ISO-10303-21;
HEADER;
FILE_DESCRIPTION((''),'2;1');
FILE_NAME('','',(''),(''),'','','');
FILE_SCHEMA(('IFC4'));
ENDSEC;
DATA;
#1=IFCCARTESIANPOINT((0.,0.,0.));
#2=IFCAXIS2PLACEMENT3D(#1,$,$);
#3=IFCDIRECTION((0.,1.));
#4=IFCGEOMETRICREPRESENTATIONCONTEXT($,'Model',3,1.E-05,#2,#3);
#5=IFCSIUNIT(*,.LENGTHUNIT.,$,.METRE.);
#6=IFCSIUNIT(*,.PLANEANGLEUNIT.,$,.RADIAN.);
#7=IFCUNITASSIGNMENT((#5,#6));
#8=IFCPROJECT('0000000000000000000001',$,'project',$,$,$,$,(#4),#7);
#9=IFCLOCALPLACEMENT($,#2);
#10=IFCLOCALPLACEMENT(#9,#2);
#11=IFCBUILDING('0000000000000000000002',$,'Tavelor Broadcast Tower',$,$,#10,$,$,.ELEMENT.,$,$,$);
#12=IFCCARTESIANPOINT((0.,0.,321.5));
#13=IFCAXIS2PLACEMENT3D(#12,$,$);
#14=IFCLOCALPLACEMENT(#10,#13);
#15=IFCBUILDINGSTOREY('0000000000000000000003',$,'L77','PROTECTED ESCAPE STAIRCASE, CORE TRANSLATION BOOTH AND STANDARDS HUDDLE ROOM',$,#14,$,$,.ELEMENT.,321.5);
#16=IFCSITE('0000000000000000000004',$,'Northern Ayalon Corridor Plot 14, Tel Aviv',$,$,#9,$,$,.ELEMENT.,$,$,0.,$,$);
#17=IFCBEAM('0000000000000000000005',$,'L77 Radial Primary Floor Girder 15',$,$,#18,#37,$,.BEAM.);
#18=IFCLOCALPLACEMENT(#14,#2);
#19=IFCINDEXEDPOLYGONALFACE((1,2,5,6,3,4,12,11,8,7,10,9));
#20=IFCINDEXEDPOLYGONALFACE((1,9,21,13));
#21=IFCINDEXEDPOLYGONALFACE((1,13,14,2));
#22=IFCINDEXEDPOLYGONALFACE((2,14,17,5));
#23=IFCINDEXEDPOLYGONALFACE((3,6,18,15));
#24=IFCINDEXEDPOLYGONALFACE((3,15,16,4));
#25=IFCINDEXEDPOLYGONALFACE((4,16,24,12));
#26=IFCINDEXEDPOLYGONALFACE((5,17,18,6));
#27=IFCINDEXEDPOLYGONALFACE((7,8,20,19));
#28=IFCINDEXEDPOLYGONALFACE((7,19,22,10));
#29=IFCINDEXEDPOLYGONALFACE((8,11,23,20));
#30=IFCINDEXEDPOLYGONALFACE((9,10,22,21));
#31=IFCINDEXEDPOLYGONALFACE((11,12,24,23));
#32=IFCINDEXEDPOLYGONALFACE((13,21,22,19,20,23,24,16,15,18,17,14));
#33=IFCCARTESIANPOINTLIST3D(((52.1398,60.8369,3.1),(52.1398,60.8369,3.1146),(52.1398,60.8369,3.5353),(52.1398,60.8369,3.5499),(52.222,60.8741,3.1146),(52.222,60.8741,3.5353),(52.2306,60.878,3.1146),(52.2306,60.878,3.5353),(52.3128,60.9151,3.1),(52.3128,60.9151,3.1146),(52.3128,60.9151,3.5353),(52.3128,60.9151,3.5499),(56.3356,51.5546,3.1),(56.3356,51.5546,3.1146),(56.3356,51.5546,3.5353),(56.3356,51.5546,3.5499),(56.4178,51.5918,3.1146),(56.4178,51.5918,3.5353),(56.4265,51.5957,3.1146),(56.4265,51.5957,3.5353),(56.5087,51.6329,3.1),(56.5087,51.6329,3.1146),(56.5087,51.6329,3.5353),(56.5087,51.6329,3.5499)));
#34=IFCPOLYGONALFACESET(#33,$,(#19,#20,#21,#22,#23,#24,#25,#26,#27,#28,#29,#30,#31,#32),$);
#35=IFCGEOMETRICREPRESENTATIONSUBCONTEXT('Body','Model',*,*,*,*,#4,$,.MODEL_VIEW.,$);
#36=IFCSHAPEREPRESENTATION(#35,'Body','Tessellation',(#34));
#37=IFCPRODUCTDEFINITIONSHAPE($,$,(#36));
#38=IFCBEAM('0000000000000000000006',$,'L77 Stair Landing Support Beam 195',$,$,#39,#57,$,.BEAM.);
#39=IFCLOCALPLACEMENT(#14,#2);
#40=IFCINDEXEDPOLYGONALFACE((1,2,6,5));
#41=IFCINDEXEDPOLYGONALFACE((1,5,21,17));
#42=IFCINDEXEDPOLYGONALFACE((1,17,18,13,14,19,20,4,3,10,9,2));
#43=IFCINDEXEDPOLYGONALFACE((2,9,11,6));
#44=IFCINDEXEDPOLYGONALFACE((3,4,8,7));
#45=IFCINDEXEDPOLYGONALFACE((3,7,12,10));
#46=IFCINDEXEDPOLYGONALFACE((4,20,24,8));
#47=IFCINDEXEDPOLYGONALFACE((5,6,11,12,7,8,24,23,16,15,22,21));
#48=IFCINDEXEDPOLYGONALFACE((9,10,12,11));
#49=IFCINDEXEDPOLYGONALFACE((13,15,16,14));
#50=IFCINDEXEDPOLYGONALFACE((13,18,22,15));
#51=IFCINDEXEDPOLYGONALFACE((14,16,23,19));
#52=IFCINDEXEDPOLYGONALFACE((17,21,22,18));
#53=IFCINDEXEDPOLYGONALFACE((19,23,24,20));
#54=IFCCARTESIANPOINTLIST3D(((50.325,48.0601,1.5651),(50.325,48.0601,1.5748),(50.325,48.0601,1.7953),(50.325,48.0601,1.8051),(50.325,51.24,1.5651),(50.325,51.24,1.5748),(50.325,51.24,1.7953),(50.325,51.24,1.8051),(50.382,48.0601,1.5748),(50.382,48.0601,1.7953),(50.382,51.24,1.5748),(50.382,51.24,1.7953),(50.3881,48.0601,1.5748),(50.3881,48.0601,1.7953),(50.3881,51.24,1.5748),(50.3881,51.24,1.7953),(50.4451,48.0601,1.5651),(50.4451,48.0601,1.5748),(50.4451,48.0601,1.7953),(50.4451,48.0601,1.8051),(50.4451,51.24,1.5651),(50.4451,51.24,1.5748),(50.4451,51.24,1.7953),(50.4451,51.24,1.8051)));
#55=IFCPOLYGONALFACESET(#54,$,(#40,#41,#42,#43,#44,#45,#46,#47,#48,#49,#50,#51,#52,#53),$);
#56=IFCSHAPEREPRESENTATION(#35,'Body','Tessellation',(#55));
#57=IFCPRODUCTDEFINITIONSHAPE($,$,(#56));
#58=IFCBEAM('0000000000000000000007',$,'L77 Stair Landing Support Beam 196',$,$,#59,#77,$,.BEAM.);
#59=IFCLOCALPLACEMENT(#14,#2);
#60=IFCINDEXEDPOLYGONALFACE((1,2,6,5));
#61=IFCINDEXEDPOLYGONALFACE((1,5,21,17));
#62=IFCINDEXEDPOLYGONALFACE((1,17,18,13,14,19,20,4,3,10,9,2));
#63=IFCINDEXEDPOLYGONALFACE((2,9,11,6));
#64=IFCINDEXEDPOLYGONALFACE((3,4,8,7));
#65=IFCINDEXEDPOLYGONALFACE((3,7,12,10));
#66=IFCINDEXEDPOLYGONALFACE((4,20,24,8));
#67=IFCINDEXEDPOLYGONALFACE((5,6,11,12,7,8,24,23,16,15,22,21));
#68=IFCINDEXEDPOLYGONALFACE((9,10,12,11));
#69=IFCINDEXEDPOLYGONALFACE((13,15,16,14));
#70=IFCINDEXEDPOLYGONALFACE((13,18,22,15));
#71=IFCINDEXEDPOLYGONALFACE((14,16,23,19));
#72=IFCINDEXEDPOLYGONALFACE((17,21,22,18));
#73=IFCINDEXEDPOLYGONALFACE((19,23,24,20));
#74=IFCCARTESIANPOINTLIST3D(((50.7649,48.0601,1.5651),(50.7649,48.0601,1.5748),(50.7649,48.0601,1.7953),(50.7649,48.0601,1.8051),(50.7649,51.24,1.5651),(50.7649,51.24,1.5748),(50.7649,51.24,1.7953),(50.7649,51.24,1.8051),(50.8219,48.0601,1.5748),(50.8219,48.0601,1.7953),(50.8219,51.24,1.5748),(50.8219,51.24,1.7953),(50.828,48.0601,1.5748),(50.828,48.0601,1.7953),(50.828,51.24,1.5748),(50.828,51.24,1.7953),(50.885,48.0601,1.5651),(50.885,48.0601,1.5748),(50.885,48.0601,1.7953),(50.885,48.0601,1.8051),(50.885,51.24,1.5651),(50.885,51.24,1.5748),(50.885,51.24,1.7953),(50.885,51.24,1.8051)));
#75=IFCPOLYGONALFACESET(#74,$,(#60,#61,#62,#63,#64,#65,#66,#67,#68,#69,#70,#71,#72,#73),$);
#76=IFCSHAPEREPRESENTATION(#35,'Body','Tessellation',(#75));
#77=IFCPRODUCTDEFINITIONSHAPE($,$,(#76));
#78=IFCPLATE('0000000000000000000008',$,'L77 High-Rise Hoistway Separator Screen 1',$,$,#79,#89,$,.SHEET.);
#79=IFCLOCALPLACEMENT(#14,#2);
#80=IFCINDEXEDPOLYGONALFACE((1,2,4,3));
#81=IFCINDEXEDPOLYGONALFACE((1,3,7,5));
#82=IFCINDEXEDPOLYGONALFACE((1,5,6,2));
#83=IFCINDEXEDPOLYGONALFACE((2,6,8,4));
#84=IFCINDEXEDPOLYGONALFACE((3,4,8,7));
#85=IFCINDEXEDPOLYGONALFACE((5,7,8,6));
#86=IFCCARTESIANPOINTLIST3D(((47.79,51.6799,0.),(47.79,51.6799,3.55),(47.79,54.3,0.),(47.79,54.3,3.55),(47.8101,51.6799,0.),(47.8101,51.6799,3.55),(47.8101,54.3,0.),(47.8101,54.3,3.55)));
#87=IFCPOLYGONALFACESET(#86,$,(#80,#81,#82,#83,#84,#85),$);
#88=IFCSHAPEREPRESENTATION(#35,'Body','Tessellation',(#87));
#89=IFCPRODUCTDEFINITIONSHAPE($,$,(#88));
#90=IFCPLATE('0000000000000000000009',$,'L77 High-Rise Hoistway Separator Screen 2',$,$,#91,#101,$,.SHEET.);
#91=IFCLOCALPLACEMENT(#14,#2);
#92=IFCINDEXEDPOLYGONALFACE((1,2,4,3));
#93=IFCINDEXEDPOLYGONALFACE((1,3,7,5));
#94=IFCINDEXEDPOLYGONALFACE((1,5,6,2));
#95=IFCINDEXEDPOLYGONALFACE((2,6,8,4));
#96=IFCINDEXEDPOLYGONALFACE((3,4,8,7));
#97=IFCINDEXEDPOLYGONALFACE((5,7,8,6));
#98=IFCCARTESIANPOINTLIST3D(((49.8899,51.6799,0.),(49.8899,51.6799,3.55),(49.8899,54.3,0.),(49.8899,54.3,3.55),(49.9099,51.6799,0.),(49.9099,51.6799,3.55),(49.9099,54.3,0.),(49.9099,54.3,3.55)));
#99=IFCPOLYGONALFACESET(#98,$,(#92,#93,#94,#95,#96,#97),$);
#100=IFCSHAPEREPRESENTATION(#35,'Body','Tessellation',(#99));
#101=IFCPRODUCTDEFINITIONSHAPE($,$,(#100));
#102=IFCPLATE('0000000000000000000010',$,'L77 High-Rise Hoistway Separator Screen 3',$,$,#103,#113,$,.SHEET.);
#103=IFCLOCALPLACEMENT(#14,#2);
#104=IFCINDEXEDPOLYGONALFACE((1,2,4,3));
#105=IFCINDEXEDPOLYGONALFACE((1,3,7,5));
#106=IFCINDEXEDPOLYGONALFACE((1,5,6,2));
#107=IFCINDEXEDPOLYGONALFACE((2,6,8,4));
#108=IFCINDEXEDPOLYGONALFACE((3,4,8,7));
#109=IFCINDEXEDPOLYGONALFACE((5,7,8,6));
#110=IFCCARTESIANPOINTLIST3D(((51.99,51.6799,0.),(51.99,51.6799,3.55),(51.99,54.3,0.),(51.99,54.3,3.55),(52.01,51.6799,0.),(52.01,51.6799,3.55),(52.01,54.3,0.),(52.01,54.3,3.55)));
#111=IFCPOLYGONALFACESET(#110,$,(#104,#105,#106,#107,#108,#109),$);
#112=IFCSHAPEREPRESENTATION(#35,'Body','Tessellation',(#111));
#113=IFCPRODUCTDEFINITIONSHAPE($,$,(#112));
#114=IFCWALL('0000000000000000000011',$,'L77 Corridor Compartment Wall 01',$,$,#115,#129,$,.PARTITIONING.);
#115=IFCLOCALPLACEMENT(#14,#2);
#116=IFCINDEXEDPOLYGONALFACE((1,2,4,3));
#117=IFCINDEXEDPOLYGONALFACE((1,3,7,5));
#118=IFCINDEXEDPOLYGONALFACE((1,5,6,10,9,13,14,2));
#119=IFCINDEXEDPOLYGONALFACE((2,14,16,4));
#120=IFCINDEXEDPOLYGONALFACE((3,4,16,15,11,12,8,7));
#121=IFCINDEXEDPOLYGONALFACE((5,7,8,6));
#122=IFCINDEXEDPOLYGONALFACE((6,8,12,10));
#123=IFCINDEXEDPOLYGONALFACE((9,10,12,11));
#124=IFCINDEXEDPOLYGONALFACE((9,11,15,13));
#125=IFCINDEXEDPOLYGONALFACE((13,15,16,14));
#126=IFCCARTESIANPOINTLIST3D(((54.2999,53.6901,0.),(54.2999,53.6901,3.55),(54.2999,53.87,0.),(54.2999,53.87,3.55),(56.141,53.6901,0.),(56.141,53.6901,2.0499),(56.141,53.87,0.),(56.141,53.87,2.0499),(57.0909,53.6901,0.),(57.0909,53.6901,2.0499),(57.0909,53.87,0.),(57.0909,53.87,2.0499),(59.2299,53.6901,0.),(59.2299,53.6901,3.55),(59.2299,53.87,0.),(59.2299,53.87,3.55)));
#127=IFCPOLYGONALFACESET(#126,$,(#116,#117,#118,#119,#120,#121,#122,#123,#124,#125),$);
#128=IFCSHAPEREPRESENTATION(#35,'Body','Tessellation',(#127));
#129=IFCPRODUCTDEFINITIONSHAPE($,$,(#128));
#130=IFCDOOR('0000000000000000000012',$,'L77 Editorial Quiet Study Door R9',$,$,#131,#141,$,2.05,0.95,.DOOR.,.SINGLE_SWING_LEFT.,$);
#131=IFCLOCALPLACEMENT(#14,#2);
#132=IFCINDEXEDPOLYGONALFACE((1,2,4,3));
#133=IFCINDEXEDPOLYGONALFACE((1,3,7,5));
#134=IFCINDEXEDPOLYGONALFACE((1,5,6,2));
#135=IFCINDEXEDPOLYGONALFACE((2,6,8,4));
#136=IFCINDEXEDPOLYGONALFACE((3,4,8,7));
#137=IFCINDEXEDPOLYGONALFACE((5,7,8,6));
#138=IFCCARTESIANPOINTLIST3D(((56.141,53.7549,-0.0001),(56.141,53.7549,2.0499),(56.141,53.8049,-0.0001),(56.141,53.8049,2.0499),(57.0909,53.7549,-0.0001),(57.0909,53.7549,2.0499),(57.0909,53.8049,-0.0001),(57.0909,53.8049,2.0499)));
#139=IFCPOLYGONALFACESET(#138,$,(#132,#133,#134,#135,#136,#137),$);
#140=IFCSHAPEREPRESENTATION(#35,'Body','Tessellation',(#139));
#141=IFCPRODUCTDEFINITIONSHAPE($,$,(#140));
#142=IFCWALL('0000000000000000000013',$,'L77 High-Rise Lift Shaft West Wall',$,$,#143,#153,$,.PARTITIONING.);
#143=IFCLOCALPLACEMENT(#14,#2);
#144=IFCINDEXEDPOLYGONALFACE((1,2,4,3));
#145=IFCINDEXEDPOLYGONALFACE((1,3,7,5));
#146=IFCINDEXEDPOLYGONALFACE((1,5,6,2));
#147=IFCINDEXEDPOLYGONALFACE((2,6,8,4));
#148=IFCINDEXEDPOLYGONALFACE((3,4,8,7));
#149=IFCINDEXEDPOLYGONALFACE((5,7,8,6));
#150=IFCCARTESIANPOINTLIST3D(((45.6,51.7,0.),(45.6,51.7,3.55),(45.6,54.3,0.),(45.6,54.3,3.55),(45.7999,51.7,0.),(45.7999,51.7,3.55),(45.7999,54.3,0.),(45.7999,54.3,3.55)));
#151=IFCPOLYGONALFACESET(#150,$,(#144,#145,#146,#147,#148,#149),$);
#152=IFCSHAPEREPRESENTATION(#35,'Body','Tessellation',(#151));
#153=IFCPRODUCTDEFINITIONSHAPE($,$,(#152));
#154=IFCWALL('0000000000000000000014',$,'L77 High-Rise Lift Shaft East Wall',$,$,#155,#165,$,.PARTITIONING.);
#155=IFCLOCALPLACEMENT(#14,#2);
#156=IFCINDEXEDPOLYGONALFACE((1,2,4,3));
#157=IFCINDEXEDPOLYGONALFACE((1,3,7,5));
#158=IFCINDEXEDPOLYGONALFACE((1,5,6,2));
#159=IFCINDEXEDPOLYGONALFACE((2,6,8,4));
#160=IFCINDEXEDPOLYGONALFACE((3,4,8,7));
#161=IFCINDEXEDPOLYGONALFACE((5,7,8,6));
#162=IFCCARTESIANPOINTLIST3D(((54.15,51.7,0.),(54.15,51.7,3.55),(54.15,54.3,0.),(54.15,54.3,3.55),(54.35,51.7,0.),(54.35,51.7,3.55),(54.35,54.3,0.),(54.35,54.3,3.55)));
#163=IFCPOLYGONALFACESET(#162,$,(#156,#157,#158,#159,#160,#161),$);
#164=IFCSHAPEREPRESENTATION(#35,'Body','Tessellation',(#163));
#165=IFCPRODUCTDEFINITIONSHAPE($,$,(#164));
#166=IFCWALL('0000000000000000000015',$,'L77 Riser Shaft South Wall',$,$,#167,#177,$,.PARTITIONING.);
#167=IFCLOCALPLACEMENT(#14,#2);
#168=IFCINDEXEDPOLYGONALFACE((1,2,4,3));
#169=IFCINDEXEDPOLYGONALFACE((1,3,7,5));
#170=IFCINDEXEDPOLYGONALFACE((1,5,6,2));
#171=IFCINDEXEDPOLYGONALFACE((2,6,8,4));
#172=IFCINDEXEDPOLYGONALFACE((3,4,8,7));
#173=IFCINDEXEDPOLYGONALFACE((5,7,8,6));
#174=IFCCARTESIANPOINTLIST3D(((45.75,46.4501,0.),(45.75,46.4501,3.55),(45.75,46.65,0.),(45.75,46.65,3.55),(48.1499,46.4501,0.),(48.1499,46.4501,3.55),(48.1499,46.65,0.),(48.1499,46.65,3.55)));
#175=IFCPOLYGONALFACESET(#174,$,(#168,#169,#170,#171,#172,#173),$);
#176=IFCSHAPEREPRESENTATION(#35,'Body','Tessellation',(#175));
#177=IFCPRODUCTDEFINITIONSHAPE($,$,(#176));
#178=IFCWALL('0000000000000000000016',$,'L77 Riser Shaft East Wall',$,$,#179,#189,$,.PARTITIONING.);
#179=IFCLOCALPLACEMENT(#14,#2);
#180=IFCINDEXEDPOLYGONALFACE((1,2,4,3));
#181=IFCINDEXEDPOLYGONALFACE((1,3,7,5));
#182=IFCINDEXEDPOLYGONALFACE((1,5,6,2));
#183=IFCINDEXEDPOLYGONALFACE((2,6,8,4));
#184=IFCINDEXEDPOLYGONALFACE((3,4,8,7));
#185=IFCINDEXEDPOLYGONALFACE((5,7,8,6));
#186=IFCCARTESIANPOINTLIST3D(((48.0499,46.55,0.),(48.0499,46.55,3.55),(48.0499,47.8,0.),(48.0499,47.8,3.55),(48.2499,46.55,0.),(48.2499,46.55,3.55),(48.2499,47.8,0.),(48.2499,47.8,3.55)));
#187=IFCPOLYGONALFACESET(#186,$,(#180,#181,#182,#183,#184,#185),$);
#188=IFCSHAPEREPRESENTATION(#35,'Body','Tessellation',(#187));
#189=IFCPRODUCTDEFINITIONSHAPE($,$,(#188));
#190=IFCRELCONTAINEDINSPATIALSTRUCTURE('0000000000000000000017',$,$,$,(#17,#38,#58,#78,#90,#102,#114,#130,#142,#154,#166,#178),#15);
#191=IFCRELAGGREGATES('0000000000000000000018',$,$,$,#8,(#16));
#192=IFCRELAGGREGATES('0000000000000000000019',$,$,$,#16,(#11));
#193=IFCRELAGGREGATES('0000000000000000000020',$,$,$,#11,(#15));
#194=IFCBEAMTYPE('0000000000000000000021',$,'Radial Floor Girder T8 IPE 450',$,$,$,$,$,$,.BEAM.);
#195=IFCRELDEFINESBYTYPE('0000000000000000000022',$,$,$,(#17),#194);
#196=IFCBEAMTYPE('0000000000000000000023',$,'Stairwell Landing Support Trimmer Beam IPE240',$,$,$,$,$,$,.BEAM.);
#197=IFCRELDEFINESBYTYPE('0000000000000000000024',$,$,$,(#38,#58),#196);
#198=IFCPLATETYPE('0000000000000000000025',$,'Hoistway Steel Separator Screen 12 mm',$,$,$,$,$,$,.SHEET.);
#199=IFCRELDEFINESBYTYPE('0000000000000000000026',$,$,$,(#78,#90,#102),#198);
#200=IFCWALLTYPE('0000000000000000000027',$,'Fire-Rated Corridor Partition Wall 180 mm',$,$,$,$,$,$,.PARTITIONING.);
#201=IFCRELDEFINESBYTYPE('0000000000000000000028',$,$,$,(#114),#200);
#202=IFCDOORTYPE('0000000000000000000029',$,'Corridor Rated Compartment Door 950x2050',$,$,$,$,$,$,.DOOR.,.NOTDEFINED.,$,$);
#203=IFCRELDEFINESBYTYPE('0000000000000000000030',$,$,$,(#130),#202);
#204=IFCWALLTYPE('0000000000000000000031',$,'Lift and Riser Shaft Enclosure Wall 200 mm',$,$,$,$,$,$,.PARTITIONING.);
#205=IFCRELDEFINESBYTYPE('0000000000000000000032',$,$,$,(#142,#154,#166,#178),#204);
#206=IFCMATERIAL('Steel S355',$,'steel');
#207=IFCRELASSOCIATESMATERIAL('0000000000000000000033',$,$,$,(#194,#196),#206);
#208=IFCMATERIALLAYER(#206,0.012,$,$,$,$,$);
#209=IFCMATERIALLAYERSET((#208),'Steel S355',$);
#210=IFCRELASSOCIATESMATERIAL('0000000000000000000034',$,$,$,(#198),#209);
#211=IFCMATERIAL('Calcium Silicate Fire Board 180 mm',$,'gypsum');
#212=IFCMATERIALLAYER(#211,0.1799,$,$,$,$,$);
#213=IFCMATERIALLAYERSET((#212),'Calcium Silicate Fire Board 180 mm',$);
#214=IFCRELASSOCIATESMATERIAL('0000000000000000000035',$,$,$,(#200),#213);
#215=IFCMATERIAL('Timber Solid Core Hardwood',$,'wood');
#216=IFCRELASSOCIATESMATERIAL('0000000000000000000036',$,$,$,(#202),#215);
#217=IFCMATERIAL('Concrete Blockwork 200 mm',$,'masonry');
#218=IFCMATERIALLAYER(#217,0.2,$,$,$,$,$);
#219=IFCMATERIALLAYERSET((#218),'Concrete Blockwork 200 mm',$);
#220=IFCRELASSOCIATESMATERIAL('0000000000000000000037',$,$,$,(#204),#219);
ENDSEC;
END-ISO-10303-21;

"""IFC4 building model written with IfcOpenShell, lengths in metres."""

from ifc_helpers import new_model, si_unit, direction, frame, frame_2d, origin, origin_2d, place, context, subcontext, project, spatial, rectangle, i_section, extrude, source, transform, mapped, material, layer, layer_set, material_profile, profile_set, type_object, type_shapes, element, fill, save


model = new_model("IFC4")

# Units and contexts
model_context = context("Model", 3, precision=1e-05, world=origin(), true_north=direction((0.0, 1.0)))
body_context = subcontext(model_context, "Body", "Model", "MODEL_VIEW")
ifc_project = project(units=[si_unit("LENGTHUNIT", "METRE"), si_unit("PLANEANGLEUNIT", "RADIAN")], contexts=[model_context])

# Site, building, storey
site_placement = place(None, origin())
site = spatial("IfcSite", under=ifc_project, at=site_placement, Name="Northern Ayalon Corridor Plot 14, Tel Aviv", CompositionType="ELEMENT", RefElevation=0.0)
building_placement = place(site_placement, origin())
building = spatial("IfcBuilding", under=site, at=building_placement, Name="Tavelor Broadcast Tower", CompositionType="ELEMENT")
storey_placement = place(building_placement, frame((0.0, 0.0, 321.5)))
storey = spatial("IfcBuildingStorey", under=building, at=storey_placement, Name="L77", Description="PROTECTED ESCAPE STAIRCASE, CORE TRANSLATION BOOTH AND STANDARDS HUDDLE ROOM", CompositionType="ELEMENT", Elevation=321.5)

# Beams
ifc_material_1 = material(Name="Steel S355", Category="steel")
ifc_material_profile_1 = material_profile(ifc_material_1, i_section(OverallWidth=0.1899, OverallDepth=0.45, WebThickness=0.0095, FlangeThickness=0.0146, at=origin_2d()), Name="IPE 450")
ifc_profile_set_1 = profile_set([ifc_material_profile_1], Name="Steel S355")
beam_type_1 = type_object("IfcBeamType", Name="Radial Floor Girder T8 IPE 450", PredefinedType="BEAM", material=ifc_profile_set_1)
beam_placement = place(storey_placement, frame((56.4221, 51.5938, 3.325), z_axis=(-0.411899, 0.91123, 0.0), x_axis=(-0.91123, -0.411899, 0.0)))
element("IfcBeam", 1, at=beam_placement, inside=storey, type_object=beam_type_1, Name="L77 Radial Primary Floor Girder 15", PredefinedType="BEAM", context=body_context, shape_type="SweptSolid", body=[
    extrude(i_section(OverallWidth=0.1899, OverallDepth=0.45, WebThickness=0.0095, FlangeThickness=0.0146, at=origin_2d()), origin(), (0.0, 0.0, 1.0), 10.1865),
])
ifc_material_profile_2 = material_profile(ifc_material_1, i_section(OverallWidth=0.1201, OverallDepth=0.24, WebThickness=0.0061, FlangeThickness=0.0098, at=origin_2d()), Name="IPE 240")
ifc_profile_set_2 = profile_set([ifc_material_profile_2], Name="Steel S355")
beam_type_2 = type_object("IfcBeamType", Name="Stairwell Landing Support Trimmer Beam IPE240", PredefinedType="BEAM", material=ifc_profile_set_2)
for number, where, z_axis, x_axis, name in (
    (2, (50.385, 48.0601, 1.6851), (0.0, 1.0, 0.0), (-1.0, 0.0, 0.0), "L77 Stair Landing Support Beam 195"),
    (3, (50.825, 48.0601, 1.6851), (0.0, 1.0, 0.0), (-1.0, 0.0, 0.0), "L77 Stair Landing Support Beam 196"),
):
    element("IfcBeam", number, at=place(storey_placement, frame(where, z_axis=z_axis, x_axis=x_axis)), inside=storey, type_object=beam_type_2, Name=name, PredefinedType="BEAM", context=body_context, shape_type="SweptSolid", body=[
        extrude(i_section(OverallWidth=0.1201, OverallDepth=0.24, WebThickness=0.0061, FlangeThickness=0.0098, at=origin_2d()), origin(), (0.0, 0.0, 1.0), 3.1799),
    ])

# Plates
ifc_layer_1 = layer(ifc_material_1, 0.012)
ifc_layer_set_1 = layer_set([ifc_layer_1], Name="Steel S355")
plate_type = type_object("IfcPlateType", Name="Hoistway Steel Separator Screen 12 mm", PredefinedType="SHEET", material=ifc_layer_set_1)
shared_shape = source(origin(), body_context, "Body", "SweptSolid", [
    extrude(rectangle(XDim=0.02, YDim=2.6201, at=origin_2d()), origin(), (0.0, 0.0, 1.0), 3.55),
])
type_shapes(plate_type, [shared_shape])
for number, where, z_axis, x_axis, name in (
    (4, (47.8, 52.99, 0.0), (0.0, 0.0, 1.0), (1.0, 0.0, 0.0), "L77 High-Rise Hoistway Separator Screen 1"),
    (5, (49.8999, 52.99, 0.0), (0.0, 0.0, 1.0), (1.0, 0.0, 0.0), "L77 High-Rise Hoistway Separator Screen 2"),
    (6, (52.0, 52.99, 0.0), (0.0, 0.0, 1.0), (1.0, 0.0, 0.0), "L77 High-Rise Hoistway Separator Screen 3"),
):
    element("IfcPlate", number, at=place(storey_placement, frame(where, z_axis=z_axis, x_axis=x_axis)), inside=storey, type_object=plate_type, Name=name, PredefinedType="SHEET", context=body_context, shape_type="MappedRepresentation", body=[
        mapped(shared_shape, transform((0.0, 0.0, 0.0), scale=1.0)),
    ])

# Wall, opening, door
ifc_material_2 = material(Name="Calcium Silicate Fire Board 180 mm", Category="gypsum")
ifc_layer_2 = layer(ifc_material_2, 0.1799)
ifc_layer_set_2 = layer_set([ifc_layer_2], Name="Calcium Silicate Fire Board 180 mm")
wall_type_1 = type_object("IfcWallType", Name="Fire-Rated Corridor Partition Wall 180 mm", PredefinedType="PARTITIONING", material=ifc_layer_set_2)
wall_1_placement = place(storey_placement, frame((54.3, 53.78, 0.0), z_axis=(0.0, 0.0, 1.0), x_axis=(1.0, 0.0, 0.0)))
wall_1 = element("IfcWall", 7, at=wall_1_placement, inside=storey, type_object=wall_type_1, Name="L77 Corridor Compartment Wall 01", PredefinedType="PARTITIONING", context=body_context, shape_type="SweptSolid", body=[
    extrude(rectangle(XDim=4.9299, YDim=0.1799, at=frame_2d((2.4648, 0.0))), origin(), (0.0, 0.0, 1.0), 3.55),
])
opening_1_placement = place(wall_1_placement, frame((1.8408, 0.0, 0.0)))
opening_1 = element("IfcOpeningElement", 8, at=opening_1_placement, cuts=wall_1, PredefinedType="OPENING", context=body_context, shape_type="SweptSolid", body=[
    extrude(rectangle(XDim=0.95, YDim=2.05, at=frame_2d((0.4751, 1.0249))), frame((0.0, 0.1001, 0.0), z_axis=(0.0, -1.0, 0.0), x_axis=(1.0, 0.0, 0.0)), (0.0, 0.0, 1.0), 0.2),
])
ifc_material_3 = material(Name="Timber Solid Core Hardwood", Category="wood")
door_type_1 = type_object("IfcDoorType", Name="Corridor Rated Compartment Door 950x2050", OperationType="NOTDEFINED", PredefinedType="DOOR", material=ifc_material_3)
door_1_placement = place(opening_1_placement, origin())
door_1 = element("IfcDoor", 9, at=door_1_placement, inside=storey, type_object=door_type_1, Name="L77 Editorial Quiet Study Door R9", OperationType="SINGLE_SWING_LEFT", OverallHeight=2.05, OverallWidth=0.95, PredefinedType="DOOR", context=body_context, shape_type="SweptSolid", body=[
    extrude(rectangle(XDim=0.95, YDim=2.05, at=frame_2d((0.4751, 1.0249))), frame((0.0, 0.0249, 0.0), z_axis=(0.0, -1.0, 0.0), x_axis=(1.0, 0.0, 0.0)), (0.0, 0.0, 1.0), 0.05),
])
fill(opening_1, door_1)

# Shared definitions
ifc_material_4 = material(Name="Concrete Blockwork 200 mm", Category="masonry")

# Walls
ifc_layer_3 = layer(ifc_material_4, 0.2)
ifc_layer_set_3 = layer_set([ifc_layer_3], Name="Concrete Blockwork 200 mm")
wall_type_2 = type_object("IfcWallType", Name="Lift and Riser Shaft Enclosure Wall 200 mm", PredefinedType="PARTITIONING", material=ifc_layer_set_3)
for number, where, z_axis, x_axis, name in (
    (10, (45.7, 51.7, 0.0), (0.0, 0.0, 1.0), (0.0, 1.0, 0.0), "L77 High-Rise Lift Shaft West Wall"),
    (11, (54.25, 51.7, 0.0), (0.0, 0.0, 1.0), (0.0, 1.0, 0.0), "L77 High-Rise Lift Shaft East Wall"),
):
    element("IfcWall", number, at=place(storey_placement, frame(where, z_axis=z_axis, x_axis=x_axis)), inside=storey, type_object=wall_type_2, Name=name, PredefinedType="PARTITIONING", context=body_context, shape_type="SweptSolid", body=[
        extrude(rectangle(XDim=2.6001, YDim=0.2, at=frame_2d((1.3, 0.0))), origin(), (0.0, 0.0, 1.0), 3.55),
    ])
wall_2_placement = place(storey_placement, frame((45.75, 46.55, 0.0), z_axis=(0.0, 0.0, 1.0), x_axis=(1.0, 0.0, 0.0)))
element("IfcWall", 12, at=wall_2_placement, inside=storey, type_object=wall_type_2, Name="L77 Riser Shaft South Wall", PredefinedType="PARTITIONING", context=body_context, shape_type="SweptSolid", body=[
    extrude(rectangle(XDim=2.3999, YDim=0.2, at=frame_2d((1.2, 0.0))), origin(), (0.0, 0.0, 1.0), 3.55),
])
wall_3_placement = place(storey_placement, frame((48.1499, 46.55, 0.0), z_axis=(0.0, 0.0, 1.0), x_axis=(0.0, 1.0, 0.0)))
element("IfcWall", 13, at=wall_3_placement, inside=storey, type_object=wall_type_2, Name="L77 Riser Shaft East Wall", PredefinedType="PARTITIONING", context=body_context, shape_type="SweptSolid", body=[
    extrude(rectangle(XDim=1.25, YDim=0.2, at=frame_2d((0.625, 0.0))), origin(), (0.0, 0.0, 1.0), 3.55),
])

save(model, "model.ifc")
